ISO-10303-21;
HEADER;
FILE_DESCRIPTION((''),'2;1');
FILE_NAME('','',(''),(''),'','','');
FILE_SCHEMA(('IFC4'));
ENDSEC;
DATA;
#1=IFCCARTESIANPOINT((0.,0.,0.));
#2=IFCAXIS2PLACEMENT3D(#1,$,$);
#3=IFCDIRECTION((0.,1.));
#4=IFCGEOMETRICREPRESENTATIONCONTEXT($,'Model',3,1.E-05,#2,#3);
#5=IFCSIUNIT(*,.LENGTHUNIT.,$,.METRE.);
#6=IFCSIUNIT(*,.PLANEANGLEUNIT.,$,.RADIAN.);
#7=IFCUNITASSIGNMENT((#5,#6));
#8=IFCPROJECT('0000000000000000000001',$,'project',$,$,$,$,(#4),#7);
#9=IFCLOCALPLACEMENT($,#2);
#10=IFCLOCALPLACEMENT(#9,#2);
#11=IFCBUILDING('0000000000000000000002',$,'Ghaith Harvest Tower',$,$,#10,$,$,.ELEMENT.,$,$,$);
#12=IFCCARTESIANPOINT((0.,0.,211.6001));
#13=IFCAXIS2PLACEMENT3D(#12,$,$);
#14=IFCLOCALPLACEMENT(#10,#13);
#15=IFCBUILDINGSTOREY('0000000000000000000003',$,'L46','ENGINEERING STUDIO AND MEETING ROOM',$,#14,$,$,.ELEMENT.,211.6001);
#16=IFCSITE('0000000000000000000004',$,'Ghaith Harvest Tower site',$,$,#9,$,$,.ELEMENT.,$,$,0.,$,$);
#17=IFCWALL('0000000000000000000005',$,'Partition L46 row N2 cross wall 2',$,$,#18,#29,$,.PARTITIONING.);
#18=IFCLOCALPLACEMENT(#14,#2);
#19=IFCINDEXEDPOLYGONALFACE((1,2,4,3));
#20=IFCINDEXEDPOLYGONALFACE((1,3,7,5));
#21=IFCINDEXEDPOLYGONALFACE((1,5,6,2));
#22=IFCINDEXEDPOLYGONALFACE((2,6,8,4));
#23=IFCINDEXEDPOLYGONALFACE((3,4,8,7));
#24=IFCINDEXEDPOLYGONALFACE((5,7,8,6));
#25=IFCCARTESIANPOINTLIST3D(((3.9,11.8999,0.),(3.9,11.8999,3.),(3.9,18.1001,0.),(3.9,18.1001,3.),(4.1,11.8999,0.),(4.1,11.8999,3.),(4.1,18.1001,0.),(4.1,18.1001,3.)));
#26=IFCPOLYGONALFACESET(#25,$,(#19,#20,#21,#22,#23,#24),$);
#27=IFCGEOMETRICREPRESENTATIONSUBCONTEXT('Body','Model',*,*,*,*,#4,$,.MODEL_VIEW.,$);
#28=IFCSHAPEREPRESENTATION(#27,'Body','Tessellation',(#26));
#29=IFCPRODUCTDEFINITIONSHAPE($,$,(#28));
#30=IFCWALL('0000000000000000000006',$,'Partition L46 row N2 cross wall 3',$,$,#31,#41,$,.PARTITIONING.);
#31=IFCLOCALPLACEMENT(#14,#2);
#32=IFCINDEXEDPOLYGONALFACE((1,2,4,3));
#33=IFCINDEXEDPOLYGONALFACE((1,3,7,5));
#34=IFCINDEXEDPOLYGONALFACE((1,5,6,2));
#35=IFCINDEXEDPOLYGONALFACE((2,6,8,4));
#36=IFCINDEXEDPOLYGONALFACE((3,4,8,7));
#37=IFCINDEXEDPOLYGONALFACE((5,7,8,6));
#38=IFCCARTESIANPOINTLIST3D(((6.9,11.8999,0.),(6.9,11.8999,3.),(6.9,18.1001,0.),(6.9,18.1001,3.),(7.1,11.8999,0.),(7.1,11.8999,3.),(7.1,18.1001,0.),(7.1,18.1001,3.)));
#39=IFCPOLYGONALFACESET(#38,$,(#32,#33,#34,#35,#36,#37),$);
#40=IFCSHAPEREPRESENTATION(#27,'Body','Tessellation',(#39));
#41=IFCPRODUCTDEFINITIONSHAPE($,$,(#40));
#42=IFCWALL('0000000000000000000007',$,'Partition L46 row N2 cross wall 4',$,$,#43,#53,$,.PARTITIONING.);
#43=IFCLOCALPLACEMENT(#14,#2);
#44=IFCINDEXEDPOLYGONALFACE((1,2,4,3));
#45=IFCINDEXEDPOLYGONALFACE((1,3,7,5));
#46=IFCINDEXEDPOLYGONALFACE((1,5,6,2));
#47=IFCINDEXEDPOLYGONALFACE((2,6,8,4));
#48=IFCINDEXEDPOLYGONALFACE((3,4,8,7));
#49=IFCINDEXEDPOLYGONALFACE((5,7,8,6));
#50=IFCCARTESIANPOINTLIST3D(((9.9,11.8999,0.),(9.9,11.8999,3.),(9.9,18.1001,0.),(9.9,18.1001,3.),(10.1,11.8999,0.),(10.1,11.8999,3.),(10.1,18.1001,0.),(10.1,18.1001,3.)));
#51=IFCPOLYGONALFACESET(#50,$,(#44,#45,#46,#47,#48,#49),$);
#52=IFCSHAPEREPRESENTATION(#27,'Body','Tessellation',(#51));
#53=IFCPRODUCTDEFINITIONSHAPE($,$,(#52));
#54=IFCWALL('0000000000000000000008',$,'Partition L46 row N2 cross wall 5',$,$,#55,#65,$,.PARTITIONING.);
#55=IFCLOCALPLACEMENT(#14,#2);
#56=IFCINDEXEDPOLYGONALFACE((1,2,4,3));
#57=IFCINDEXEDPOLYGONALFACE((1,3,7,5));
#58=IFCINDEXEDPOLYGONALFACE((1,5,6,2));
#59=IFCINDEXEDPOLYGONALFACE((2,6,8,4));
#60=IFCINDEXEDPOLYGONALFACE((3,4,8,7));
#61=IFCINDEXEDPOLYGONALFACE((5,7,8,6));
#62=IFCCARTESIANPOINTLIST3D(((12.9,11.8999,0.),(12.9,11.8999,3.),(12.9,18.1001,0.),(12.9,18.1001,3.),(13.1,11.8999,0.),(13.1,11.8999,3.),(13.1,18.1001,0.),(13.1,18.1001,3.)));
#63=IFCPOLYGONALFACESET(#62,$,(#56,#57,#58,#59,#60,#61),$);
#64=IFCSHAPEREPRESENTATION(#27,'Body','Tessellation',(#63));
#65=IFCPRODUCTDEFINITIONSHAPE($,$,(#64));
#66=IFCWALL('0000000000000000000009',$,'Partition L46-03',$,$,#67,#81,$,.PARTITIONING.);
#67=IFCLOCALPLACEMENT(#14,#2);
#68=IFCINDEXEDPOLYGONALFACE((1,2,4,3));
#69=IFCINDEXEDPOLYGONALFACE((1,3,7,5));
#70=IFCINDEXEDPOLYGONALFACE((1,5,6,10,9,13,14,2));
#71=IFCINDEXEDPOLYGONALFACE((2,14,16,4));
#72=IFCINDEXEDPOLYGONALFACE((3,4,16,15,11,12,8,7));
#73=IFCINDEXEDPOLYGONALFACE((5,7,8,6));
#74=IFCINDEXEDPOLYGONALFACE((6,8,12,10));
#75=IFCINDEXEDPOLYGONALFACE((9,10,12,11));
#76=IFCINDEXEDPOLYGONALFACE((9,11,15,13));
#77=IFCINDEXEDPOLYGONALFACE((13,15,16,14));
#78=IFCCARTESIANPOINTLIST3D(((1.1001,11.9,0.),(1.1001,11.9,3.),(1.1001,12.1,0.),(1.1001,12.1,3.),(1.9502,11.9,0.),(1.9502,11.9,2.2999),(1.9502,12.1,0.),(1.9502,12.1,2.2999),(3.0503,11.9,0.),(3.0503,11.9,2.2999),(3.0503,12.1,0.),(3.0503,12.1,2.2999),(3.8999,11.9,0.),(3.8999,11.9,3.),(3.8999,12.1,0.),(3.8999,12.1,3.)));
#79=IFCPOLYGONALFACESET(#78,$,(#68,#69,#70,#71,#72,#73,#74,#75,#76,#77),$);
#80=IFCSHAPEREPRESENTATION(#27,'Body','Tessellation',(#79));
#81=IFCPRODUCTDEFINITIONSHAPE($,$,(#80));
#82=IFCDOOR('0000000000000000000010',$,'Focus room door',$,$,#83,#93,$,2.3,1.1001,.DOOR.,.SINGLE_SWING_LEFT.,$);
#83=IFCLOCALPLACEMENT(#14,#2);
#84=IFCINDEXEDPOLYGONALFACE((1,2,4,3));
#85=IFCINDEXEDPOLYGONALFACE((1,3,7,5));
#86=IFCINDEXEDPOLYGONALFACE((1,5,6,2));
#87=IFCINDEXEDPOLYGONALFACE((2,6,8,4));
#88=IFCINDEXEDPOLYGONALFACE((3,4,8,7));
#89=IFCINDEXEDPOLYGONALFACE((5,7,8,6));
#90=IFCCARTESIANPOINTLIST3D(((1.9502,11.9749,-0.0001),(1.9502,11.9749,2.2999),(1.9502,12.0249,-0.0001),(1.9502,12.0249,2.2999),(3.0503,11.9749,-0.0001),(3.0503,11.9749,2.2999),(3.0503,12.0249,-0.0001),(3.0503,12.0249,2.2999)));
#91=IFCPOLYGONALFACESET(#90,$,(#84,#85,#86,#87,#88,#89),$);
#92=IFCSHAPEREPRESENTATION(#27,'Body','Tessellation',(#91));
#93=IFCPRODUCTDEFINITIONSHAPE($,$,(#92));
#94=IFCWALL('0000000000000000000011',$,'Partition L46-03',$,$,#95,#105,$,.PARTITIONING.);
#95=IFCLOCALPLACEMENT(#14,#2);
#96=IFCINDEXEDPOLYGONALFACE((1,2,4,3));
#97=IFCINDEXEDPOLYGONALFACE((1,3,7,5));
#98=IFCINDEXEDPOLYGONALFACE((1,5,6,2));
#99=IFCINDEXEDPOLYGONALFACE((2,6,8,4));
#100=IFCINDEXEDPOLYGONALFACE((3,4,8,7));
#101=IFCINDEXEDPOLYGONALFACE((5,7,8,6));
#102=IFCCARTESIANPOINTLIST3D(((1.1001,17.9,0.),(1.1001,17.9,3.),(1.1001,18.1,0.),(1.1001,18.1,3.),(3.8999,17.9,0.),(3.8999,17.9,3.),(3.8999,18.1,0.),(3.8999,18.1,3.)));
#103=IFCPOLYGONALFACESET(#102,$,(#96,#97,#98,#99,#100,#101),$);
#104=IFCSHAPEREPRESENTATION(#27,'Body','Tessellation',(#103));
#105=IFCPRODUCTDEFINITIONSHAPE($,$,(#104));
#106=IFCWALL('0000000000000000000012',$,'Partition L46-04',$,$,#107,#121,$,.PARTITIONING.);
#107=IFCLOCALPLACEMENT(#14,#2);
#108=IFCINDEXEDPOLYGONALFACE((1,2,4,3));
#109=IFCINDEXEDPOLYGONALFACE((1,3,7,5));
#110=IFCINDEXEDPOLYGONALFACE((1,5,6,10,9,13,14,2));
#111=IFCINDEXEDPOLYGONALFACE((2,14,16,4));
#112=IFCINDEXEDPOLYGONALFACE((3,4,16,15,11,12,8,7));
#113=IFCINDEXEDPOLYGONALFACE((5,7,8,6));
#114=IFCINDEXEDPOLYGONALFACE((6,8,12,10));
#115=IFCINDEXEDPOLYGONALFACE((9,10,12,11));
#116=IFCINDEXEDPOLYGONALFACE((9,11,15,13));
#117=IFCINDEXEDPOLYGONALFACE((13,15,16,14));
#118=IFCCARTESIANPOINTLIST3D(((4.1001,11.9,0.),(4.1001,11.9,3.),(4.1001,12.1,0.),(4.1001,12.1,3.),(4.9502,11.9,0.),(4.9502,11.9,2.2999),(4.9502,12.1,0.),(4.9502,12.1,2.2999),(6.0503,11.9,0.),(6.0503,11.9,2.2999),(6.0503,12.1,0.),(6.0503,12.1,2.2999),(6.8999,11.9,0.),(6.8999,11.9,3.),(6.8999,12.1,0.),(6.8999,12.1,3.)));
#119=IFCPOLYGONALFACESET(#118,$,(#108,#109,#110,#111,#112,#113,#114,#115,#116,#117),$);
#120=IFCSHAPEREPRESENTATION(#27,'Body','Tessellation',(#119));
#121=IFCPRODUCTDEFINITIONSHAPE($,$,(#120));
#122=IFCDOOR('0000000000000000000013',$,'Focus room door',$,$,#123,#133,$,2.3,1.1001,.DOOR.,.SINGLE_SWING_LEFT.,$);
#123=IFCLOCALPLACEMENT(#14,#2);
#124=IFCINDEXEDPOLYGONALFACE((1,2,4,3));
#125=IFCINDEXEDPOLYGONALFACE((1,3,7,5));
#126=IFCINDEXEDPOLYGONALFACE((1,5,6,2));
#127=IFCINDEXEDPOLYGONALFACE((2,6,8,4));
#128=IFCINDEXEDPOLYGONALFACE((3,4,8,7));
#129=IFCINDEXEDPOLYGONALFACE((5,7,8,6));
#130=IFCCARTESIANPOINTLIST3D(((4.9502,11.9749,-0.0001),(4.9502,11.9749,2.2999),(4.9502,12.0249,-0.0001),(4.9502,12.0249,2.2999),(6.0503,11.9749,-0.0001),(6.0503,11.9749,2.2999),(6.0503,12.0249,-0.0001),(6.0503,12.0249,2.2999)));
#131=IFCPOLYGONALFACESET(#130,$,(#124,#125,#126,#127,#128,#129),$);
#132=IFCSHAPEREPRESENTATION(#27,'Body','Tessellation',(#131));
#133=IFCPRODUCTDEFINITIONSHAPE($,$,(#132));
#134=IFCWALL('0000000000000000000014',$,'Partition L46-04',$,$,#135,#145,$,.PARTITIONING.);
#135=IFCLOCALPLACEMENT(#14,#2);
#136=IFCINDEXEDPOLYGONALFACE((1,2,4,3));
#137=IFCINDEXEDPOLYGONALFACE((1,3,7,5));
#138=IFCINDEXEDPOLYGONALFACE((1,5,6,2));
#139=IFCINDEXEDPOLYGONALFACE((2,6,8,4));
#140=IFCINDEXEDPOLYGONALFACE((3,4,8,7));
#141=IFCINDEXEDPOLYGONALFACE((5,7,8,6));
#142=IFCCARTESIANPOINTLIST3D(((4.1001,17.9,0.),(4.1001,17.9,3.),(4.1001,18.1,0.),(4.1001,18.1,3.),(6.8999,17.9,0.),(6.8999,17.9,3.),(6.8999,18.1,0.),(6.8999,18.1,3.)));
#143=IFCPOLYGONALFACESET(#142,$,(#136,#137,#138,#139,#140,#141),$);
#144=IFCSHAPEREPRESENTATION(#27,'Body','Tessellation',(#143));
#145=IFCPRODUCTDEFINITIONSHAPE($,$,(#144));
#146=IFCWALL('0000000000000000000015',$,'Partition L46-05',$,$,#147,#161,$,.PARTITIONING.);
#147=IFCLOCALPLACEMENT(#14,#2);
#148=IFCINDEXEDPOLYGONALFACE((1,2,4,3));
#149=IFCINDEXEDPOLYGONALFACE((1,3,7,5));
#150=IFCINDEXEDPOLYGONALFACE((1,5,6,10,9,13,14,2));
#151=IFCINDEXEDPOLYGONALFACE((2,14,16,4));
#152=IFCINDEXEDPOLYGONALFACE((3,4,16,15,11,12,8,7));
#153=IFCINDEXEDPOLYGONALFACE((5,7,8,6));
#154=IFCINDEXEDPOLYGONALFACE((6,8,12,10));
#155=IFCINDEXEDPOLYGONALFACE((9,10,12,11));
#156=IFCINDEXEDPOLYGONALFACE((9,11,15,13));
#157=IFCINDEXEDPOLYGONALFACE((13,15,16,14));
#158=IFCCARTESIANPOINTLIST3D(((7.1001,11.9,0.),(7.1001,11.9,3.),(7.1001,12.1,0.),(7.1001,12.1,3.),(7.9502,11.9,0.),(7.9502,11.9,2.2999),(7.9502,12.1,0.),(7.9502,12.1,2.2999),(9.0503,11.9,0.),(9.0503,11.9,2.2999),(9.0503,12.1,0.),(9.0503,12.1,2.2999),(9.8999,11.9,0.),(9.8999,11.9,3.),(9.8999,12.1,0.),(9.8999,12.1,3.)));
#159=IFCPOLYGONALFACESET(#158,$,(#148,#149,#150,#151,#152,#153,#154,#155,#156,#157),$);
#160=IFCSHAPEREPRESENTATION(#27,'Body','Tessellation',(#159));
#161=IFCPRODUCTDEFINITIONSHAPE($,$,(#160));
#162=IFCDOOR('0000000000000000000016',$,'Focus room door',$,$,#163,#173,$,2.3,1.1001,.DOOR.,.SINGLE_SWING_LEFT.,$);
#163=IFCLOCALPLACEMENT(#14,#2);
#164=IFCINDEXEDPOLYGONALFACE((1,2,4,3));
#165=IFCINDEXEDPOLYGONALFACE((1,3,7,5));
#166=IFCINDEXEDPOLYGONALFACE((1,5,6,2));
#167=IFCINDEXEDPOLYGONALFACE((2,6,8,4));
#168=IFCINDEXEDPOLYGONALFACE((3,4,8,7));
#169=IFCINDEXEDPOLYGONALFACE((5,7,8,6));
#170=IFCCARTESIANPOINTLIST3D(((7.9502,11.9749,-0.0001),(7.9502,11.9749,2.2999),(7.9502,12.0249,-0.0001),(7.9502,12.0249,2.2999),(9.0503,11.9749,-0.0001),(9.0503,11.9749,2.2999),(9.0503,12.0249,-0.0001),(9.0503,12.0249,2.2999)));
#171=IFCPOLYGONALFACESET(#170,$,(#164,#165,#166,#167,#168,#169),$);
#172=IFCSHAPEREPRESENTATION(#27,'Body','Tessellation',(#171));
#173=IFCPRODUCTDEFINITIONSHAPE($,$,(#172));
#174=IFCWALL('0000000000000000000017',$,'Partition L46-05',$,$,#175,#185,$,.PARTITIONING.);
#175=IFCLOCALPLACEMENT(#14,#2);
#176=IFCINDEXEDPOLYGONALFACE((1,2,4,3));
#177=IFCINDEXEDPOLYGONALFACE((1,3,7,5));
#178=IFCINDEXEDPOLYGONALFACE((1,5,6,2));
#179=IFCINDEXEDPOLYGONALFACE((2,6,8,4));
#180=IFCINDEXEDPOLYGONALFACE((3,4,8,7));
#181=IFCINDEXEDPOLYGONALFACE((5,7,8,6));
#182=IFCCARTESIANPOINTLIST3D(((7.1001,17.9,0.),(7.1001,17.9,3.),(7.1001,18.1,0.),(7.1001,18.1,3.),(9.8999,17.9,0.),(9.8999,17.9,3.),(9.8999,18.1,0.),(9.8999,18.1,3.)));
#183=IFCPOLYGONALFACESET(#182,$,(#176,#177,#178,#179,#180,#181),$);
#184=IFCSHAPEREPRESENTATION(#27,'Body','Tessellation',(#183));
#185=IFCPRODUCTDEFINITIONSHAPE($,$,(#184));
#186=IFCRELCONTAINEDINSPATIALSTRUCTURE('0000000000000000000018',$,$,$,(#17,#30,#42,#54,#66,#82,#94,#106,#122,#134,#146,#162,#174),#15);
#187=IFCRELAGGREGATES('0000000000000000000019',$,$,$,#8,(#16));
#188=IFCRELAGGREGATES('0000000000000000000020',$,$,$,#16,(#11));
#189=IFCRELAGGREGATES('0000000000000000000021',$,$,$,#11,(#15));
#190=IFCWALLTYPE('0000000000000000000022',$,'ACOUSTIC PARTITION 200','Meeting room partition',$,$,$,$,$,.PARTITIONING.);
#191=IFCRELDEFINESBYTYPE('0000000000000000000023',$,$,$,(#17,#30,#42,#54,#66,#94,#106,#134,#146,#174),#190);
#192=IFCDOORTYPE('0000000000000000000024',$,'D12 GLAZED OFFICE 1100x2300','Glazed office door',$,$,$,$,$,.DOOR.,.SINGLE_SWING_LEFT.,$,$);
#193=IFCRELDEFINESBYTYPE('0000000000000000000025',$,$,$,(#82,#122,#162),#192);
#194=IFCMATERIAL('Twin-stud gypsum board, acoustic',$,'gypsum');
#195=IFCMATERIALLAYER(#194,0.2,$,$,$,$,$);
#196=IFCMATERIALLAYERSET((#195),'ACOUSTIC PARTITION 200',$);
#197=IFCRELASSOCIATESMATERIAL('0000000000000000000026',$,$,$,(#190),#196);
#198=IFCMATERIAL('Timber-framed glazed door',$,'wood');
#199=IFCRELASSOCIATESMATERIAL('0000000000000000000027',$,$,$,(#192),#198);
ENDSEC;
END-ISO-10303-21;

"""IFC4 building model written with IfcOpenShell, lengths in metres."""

from ifc_helpers import new_model, si_unit, direction, frame, frame_2d, origin, place, context, subcontext, project, spatial, rectangle, extrude, material, layer, layer_set, type_object, element, fill, save


model = new_model("IFC4")

# Units and contexts
model_context = context("Model", 3, precision=1e-05, world=origin(), true_north=direction((0.0, 1.0)))
body_context = subcontext(model_context, "Body", "Model", "MODEL_VIEW")
ifc_project = project(units=[si_unit("LENGTHUNIT", "METRE"), si_unit("PLANEANGLEUNIT", "RADIAN")], contexts=[model_context])

# Site, building, storey
site_placement = place(None, origin())
site = spatial("IfcSite", under=ifc_project, at=site_placement, Name="Ghaith Harvest Tower site", CompositionType="ELEMENT", RefElevation=0.0)
building_placement = place(site_placement, origin())
building = spatial("IfcBuilding", under=site, at=building_placement, Name="Ghaith Harvest Tower", CompositionType="ELEMENT")
storey_placement = place(building_placement, frame((0.0, 0.0, 211.6001)))
storey = spatial("IfcBuildingStorey", under=building, at=storey_placement, Name="L46", Description="ENGINEERING STUDIO AND MEETING ROOM", CompositionType="ELEMENT", Elevation=211.6001)

# Walls
ifc_material_1 = material(Name="Twin-stud gypsum board, acoustic", Category="gypsum")
ifc_layer_1 = layer(ifc_material_1, 0.2)
ifc_layer_set_1 = layer_set([ifc_layer_1], Name="ACOUSTIC PARTITION 200")
wall_type = type_object("IfcWallType", Name="ACOUSTIC PARTITION 200", Description="Meeting room partition", PredefinedType="PARTITIONING", material=ifc_layer_set_1)
for number, where, z_axis, x_axis, name in (
    (1, (4.0, 11.8999, 0.0), (0.0, 0.0, 1.0), (0.0, 1.0, 0.0), "Partition L46 row N2 cross wall 2"),
    (2, (7.0, 11.8999, 0.0), (0.0, 0.0, 1.0), (0.0, 1.0, 0.0), "Partition L46 row N2 cross wall 3"),
    (3, (10.0, 11.8999, 0.0), (0.0, 0.0, 1.0), (0.0, 1.0, 0.0), "Partition L46 row N2 cross wall 4"),
    (4, (13.0, 11.8999, 0.0), (0.0, 0.0, 1.0), (0.0, 1.0, 0.0), "Partition L46 row N2 cross wall 5"),
):
    element("IfcWall", number, at=place(storey_placement, frame(where, z_axis=z_axis, x_axis=x_axis)), inside=storey, type_object=wall_type, Name=name, PredefinedType="PARTITIONING", context=body_context, shape_type="SweptSolid", body=[
        extrude(rectangle(XDim=6.2002, YDim=0.2, at=frame_2d((3.1001, 0.0))), origin(), (0.0, 0.0, 1.0), 3.0),
    ])

# Wall, opening, door
wall_1_placement = place(storey_placement, frame((1.1001, 12.0, 0.0), z_axis=(0.0, 0.0, 1.0), x_axis=(1.0, 0.0, 0.0)))
wall_1 = element("IfcWall", 5, at=wall_1_placement, inside=storey, type_object=wall_type, Name="Partition L46-03", PredefinedType="PARTITIONING", context=body_context, shape_type="SweptSolid", body=[
    extrude(rectangle(XDim=2.7998, YDim=0.2, at=frame_2d((1.3999, 0.0))), origin(), (0.0, 0.0, 1.0), 3.0),
])
opening_1_placement = place(wall_1_placement, frame((0.8501, 0.0, 0.0)))
opening_1 = element("IfcOpeningElement", 6, at=opening_1_placement, cuts=wall_1, PredefinedType="OPENING", context=body_context, shape_type="SweptSolid", body=[
    extrude(rectangle(XDim=1.1001, YDim=2.3, at=frame_2d((0.55, 1.1499))), frame((0.0, 0.1099, 0.0), z_axis=(0.0, -1.0, 0.0), x_axis=(1.0, 0.0, 0.0)), (0.0, 0.0, 1.0), 0.22),
])
ifc_material_2 = material(Name="Timber-framed glazed door", Category="wood")
door_type = type_object("IfcDoorType", Name="D12 GLAZED OFFICE 1100x2300", Description="Glazed office door", OperationType="SINGLE_SWING_LEFT", PredefinedType="DOOR", material=ifc_material_2)
door_1_placement = place(opening_1_placement, origin())
door_1 = element("IfcDoor", 7, at=door_1_placement, inside=storey, type_object=door_type, Name="Focus room door", OperationType="SINGLE_SWING_LEFT", OverallHeight=2.3, OverallWidth=1.1001, PredefinedType="DOOR", context=body_context, shape_type="SweptSolid", body=[
    extrude(rectangle(XDim=1.1001, YDim=2.3, at=frame_2d((0.55, 1.1499))), frame((0.0, 0.0249, 0.0), z_axis=(0.0, -1.0, 0.0), x_axis=(1.0, 0.0, 0.0)), (0.0, 0.0, 1.0), 0.05),
])
fill(opening_1, door_1)

# Wall
wall_2_placement = place(storey_placement, frame((1.1001, 18.0, 0.0), z_axis=(0.0, 0.0, 1.0), x_axis=(1.0, 0.0, 0.0)))
element("IfcWall", 8, at=wall_2_placement, inside=storey, type_object=wall_type, Name="Partition L46-03", PredefinedType="PARTITIONING", context=body_context, shape_type="SweptSolid", body=[
    extrude(rectangle(XDim=2.7998, YDim=0.2, at=frame_2d((1.3999, 0.0))), origin(), (0.0, 0.0, 1.0), 3.0),
])

# Wall, opening, door
wall_3_placement = place(storey_placement, frame((4.1001, 12.0, 0.0), z_axis=(0.0, 0.0, 1.0), x_axis=(1.0, 0.0, 0.0)))
wall_3 = element("IfcWall", 9, at=wall_3_placement, inside=storey, type_object=wall_type, Name="Partition L46-04", PredefinedType="PARTITIONING", context=body_context, shape_type="SweptSolid", body=[
    extrude(rectangle(XDim=2.7998, YDim=0.2, at=frame_2d((1.3999, 0.0))), origin(), (0.0, 0.0, 1.0), 3.0),
])
opening_2_placement = place(wall_3_placement, frame((0.8501, 0.0, 0.0)))
opening_2 = element("IfcOpeningElement", 10, at=opening_2_placement, cuts=wall_3, PredefinedType="OPENING", context=body_context, shape_type="SweptSolid", body=[
    extrude(rectangle(XDim=1.1001, YDim=2.3, at=frame_2d((0.55, 1.1499))), frame((0.0, 0.1099, 0.0), z_axis=(0.0, -1.0, 0.0), x_axis=(1.0, 0.0, 0.0)), (0.0, 0.0, 1.0), 0.22),
])
door_2_placement = place(opening_2_placement, origin())
door_2 = element("IfcDoor", 11, at=door_2_placement, inside=storey, type_object=door_type, Name="Focus room door", OperationType="SINGLE_SWING_LEFT", OverallHeight=2.3, OverallWidth=1.1001, PredefinedType="DOOR", context=body_context, shape_type="SweptSolid", body=[
    extrude(rectangle(XDim=1.1001, YDim=2.3, at=frame_2d((0.55, 1.1499))), frame((0.0, 0.0249, 0.0), z_axis=(0.0, -1.0, 0.0), x_axis=(1.0, 0.0, 0.0)), (0.0, 0.0, 1.0), 0.05),
])
fill(opening_2, door_2)

# Wall
wall_4_placement = place(storey_placement, frame((4.1001, 18.0, 0.0), z_axis=(0.0, 0.0, 1.0), x_axis=(1.0, 0.0, 0.0)))
element("IfcWall", 12, at=wall_4_placement, inside=storey, type_object=wall_type, Name="Partition L46-04", PredefinedType="PARTITIONING", context=body_context, shape_type="SweptSolid", body=[
    extrude(rectangle(XDim=2.7998, YDim=0.2, at=frame_2d((1.3999, 0.0))), origin(), (0.0, 0.0, 1.0), 3.0),
])

# Wall, opening, door
wall_5_placement = place(storey_placement, frame((7.1001, 12.0, 0.0), z_axis=(0.0, 0.0, 1.0), x_axis=(1.0, 0.0, 0.0)))
wall_5 = element("IfcWall", 13, at=wall_5_placement, inside=storey, type_object=wall_type, Name="Partition L46-05", PredefinedType="PARTITIONING", context=body_context, shape_type="SweptSolid", body=[
    extrude(rectangle(XDim=2.7998, YDim=0.2, at=frame_2d((1.3999, 0.0))), origin(), (0.0, 0.0, 1.0), 3.0),
])
opening_3_placement = place(wall_5_placement, frame((0.8501, 0.0, 0.0)))
opening_3 = element("IfcOpeningElement", 14, at=opening_3_placement, cuts=wall_5, PredefinedType="OPENING", context=body_context, shape_type="SweptSolid", body=[
    extrude(rectangle(XDim=1.1001, YDim=2.3, at=frame_2d((0.55, 1.1499))), frame((0.0, 0.1099, 0.0), z_axis=(0.0, -1.0, 0.0), x_axis=(1.0, 0.0, 0.0)), (0.0, 0.0, 1.0), 0.22),
])
door_3_placement = place(opening_3_placement, origin())
door_3 = element("IfcDoor", 15, at=door_3_placement, inside=storey, type_object=door_type, Name="Focus room door", OperationType="SINGLE_SWING_LEFT", OverallHeight=2.3, OverallWidth=1.1001, PredefinedType="DOOR", context=body_context, shape_type="SweptSolid", body=[
    extrude(rectangle(XDim=1.1001, YDim=2.3, at=frame_2d((0.55, 1.1499))), frame((0.0, 0.0249, 0.0), z_axis=(0.0, -1.0, 0.0), x_axis=(1.0, 0.0, 0.0)), (0.0, 0.0, 1.0), 0.05),
])
fill(opening_3, door_3)

# Wall
wall_6_placement = place(storey_placement, frame((7.1001, 18.0, 0.0), z_axis=(0.0, 0.0, 1.0), x_axis=(1.0, 0.0, 0.0)))
element("IfcWall", 16, at=wall_6_placement, inside=storey, type_object=wall_type, Name="Partition L46-05", PredefinedType="PARTITIONING", context=body_context, shape_type="SweptSolid", body=[
    extrude(rectangle(XDim=2.7998, YDim=0.2, at=frame_2d((1.3999, 0.0))), origin(), (0.0, 0.0, 1.0), 3.0),
])

save(model, "model.ifc")
